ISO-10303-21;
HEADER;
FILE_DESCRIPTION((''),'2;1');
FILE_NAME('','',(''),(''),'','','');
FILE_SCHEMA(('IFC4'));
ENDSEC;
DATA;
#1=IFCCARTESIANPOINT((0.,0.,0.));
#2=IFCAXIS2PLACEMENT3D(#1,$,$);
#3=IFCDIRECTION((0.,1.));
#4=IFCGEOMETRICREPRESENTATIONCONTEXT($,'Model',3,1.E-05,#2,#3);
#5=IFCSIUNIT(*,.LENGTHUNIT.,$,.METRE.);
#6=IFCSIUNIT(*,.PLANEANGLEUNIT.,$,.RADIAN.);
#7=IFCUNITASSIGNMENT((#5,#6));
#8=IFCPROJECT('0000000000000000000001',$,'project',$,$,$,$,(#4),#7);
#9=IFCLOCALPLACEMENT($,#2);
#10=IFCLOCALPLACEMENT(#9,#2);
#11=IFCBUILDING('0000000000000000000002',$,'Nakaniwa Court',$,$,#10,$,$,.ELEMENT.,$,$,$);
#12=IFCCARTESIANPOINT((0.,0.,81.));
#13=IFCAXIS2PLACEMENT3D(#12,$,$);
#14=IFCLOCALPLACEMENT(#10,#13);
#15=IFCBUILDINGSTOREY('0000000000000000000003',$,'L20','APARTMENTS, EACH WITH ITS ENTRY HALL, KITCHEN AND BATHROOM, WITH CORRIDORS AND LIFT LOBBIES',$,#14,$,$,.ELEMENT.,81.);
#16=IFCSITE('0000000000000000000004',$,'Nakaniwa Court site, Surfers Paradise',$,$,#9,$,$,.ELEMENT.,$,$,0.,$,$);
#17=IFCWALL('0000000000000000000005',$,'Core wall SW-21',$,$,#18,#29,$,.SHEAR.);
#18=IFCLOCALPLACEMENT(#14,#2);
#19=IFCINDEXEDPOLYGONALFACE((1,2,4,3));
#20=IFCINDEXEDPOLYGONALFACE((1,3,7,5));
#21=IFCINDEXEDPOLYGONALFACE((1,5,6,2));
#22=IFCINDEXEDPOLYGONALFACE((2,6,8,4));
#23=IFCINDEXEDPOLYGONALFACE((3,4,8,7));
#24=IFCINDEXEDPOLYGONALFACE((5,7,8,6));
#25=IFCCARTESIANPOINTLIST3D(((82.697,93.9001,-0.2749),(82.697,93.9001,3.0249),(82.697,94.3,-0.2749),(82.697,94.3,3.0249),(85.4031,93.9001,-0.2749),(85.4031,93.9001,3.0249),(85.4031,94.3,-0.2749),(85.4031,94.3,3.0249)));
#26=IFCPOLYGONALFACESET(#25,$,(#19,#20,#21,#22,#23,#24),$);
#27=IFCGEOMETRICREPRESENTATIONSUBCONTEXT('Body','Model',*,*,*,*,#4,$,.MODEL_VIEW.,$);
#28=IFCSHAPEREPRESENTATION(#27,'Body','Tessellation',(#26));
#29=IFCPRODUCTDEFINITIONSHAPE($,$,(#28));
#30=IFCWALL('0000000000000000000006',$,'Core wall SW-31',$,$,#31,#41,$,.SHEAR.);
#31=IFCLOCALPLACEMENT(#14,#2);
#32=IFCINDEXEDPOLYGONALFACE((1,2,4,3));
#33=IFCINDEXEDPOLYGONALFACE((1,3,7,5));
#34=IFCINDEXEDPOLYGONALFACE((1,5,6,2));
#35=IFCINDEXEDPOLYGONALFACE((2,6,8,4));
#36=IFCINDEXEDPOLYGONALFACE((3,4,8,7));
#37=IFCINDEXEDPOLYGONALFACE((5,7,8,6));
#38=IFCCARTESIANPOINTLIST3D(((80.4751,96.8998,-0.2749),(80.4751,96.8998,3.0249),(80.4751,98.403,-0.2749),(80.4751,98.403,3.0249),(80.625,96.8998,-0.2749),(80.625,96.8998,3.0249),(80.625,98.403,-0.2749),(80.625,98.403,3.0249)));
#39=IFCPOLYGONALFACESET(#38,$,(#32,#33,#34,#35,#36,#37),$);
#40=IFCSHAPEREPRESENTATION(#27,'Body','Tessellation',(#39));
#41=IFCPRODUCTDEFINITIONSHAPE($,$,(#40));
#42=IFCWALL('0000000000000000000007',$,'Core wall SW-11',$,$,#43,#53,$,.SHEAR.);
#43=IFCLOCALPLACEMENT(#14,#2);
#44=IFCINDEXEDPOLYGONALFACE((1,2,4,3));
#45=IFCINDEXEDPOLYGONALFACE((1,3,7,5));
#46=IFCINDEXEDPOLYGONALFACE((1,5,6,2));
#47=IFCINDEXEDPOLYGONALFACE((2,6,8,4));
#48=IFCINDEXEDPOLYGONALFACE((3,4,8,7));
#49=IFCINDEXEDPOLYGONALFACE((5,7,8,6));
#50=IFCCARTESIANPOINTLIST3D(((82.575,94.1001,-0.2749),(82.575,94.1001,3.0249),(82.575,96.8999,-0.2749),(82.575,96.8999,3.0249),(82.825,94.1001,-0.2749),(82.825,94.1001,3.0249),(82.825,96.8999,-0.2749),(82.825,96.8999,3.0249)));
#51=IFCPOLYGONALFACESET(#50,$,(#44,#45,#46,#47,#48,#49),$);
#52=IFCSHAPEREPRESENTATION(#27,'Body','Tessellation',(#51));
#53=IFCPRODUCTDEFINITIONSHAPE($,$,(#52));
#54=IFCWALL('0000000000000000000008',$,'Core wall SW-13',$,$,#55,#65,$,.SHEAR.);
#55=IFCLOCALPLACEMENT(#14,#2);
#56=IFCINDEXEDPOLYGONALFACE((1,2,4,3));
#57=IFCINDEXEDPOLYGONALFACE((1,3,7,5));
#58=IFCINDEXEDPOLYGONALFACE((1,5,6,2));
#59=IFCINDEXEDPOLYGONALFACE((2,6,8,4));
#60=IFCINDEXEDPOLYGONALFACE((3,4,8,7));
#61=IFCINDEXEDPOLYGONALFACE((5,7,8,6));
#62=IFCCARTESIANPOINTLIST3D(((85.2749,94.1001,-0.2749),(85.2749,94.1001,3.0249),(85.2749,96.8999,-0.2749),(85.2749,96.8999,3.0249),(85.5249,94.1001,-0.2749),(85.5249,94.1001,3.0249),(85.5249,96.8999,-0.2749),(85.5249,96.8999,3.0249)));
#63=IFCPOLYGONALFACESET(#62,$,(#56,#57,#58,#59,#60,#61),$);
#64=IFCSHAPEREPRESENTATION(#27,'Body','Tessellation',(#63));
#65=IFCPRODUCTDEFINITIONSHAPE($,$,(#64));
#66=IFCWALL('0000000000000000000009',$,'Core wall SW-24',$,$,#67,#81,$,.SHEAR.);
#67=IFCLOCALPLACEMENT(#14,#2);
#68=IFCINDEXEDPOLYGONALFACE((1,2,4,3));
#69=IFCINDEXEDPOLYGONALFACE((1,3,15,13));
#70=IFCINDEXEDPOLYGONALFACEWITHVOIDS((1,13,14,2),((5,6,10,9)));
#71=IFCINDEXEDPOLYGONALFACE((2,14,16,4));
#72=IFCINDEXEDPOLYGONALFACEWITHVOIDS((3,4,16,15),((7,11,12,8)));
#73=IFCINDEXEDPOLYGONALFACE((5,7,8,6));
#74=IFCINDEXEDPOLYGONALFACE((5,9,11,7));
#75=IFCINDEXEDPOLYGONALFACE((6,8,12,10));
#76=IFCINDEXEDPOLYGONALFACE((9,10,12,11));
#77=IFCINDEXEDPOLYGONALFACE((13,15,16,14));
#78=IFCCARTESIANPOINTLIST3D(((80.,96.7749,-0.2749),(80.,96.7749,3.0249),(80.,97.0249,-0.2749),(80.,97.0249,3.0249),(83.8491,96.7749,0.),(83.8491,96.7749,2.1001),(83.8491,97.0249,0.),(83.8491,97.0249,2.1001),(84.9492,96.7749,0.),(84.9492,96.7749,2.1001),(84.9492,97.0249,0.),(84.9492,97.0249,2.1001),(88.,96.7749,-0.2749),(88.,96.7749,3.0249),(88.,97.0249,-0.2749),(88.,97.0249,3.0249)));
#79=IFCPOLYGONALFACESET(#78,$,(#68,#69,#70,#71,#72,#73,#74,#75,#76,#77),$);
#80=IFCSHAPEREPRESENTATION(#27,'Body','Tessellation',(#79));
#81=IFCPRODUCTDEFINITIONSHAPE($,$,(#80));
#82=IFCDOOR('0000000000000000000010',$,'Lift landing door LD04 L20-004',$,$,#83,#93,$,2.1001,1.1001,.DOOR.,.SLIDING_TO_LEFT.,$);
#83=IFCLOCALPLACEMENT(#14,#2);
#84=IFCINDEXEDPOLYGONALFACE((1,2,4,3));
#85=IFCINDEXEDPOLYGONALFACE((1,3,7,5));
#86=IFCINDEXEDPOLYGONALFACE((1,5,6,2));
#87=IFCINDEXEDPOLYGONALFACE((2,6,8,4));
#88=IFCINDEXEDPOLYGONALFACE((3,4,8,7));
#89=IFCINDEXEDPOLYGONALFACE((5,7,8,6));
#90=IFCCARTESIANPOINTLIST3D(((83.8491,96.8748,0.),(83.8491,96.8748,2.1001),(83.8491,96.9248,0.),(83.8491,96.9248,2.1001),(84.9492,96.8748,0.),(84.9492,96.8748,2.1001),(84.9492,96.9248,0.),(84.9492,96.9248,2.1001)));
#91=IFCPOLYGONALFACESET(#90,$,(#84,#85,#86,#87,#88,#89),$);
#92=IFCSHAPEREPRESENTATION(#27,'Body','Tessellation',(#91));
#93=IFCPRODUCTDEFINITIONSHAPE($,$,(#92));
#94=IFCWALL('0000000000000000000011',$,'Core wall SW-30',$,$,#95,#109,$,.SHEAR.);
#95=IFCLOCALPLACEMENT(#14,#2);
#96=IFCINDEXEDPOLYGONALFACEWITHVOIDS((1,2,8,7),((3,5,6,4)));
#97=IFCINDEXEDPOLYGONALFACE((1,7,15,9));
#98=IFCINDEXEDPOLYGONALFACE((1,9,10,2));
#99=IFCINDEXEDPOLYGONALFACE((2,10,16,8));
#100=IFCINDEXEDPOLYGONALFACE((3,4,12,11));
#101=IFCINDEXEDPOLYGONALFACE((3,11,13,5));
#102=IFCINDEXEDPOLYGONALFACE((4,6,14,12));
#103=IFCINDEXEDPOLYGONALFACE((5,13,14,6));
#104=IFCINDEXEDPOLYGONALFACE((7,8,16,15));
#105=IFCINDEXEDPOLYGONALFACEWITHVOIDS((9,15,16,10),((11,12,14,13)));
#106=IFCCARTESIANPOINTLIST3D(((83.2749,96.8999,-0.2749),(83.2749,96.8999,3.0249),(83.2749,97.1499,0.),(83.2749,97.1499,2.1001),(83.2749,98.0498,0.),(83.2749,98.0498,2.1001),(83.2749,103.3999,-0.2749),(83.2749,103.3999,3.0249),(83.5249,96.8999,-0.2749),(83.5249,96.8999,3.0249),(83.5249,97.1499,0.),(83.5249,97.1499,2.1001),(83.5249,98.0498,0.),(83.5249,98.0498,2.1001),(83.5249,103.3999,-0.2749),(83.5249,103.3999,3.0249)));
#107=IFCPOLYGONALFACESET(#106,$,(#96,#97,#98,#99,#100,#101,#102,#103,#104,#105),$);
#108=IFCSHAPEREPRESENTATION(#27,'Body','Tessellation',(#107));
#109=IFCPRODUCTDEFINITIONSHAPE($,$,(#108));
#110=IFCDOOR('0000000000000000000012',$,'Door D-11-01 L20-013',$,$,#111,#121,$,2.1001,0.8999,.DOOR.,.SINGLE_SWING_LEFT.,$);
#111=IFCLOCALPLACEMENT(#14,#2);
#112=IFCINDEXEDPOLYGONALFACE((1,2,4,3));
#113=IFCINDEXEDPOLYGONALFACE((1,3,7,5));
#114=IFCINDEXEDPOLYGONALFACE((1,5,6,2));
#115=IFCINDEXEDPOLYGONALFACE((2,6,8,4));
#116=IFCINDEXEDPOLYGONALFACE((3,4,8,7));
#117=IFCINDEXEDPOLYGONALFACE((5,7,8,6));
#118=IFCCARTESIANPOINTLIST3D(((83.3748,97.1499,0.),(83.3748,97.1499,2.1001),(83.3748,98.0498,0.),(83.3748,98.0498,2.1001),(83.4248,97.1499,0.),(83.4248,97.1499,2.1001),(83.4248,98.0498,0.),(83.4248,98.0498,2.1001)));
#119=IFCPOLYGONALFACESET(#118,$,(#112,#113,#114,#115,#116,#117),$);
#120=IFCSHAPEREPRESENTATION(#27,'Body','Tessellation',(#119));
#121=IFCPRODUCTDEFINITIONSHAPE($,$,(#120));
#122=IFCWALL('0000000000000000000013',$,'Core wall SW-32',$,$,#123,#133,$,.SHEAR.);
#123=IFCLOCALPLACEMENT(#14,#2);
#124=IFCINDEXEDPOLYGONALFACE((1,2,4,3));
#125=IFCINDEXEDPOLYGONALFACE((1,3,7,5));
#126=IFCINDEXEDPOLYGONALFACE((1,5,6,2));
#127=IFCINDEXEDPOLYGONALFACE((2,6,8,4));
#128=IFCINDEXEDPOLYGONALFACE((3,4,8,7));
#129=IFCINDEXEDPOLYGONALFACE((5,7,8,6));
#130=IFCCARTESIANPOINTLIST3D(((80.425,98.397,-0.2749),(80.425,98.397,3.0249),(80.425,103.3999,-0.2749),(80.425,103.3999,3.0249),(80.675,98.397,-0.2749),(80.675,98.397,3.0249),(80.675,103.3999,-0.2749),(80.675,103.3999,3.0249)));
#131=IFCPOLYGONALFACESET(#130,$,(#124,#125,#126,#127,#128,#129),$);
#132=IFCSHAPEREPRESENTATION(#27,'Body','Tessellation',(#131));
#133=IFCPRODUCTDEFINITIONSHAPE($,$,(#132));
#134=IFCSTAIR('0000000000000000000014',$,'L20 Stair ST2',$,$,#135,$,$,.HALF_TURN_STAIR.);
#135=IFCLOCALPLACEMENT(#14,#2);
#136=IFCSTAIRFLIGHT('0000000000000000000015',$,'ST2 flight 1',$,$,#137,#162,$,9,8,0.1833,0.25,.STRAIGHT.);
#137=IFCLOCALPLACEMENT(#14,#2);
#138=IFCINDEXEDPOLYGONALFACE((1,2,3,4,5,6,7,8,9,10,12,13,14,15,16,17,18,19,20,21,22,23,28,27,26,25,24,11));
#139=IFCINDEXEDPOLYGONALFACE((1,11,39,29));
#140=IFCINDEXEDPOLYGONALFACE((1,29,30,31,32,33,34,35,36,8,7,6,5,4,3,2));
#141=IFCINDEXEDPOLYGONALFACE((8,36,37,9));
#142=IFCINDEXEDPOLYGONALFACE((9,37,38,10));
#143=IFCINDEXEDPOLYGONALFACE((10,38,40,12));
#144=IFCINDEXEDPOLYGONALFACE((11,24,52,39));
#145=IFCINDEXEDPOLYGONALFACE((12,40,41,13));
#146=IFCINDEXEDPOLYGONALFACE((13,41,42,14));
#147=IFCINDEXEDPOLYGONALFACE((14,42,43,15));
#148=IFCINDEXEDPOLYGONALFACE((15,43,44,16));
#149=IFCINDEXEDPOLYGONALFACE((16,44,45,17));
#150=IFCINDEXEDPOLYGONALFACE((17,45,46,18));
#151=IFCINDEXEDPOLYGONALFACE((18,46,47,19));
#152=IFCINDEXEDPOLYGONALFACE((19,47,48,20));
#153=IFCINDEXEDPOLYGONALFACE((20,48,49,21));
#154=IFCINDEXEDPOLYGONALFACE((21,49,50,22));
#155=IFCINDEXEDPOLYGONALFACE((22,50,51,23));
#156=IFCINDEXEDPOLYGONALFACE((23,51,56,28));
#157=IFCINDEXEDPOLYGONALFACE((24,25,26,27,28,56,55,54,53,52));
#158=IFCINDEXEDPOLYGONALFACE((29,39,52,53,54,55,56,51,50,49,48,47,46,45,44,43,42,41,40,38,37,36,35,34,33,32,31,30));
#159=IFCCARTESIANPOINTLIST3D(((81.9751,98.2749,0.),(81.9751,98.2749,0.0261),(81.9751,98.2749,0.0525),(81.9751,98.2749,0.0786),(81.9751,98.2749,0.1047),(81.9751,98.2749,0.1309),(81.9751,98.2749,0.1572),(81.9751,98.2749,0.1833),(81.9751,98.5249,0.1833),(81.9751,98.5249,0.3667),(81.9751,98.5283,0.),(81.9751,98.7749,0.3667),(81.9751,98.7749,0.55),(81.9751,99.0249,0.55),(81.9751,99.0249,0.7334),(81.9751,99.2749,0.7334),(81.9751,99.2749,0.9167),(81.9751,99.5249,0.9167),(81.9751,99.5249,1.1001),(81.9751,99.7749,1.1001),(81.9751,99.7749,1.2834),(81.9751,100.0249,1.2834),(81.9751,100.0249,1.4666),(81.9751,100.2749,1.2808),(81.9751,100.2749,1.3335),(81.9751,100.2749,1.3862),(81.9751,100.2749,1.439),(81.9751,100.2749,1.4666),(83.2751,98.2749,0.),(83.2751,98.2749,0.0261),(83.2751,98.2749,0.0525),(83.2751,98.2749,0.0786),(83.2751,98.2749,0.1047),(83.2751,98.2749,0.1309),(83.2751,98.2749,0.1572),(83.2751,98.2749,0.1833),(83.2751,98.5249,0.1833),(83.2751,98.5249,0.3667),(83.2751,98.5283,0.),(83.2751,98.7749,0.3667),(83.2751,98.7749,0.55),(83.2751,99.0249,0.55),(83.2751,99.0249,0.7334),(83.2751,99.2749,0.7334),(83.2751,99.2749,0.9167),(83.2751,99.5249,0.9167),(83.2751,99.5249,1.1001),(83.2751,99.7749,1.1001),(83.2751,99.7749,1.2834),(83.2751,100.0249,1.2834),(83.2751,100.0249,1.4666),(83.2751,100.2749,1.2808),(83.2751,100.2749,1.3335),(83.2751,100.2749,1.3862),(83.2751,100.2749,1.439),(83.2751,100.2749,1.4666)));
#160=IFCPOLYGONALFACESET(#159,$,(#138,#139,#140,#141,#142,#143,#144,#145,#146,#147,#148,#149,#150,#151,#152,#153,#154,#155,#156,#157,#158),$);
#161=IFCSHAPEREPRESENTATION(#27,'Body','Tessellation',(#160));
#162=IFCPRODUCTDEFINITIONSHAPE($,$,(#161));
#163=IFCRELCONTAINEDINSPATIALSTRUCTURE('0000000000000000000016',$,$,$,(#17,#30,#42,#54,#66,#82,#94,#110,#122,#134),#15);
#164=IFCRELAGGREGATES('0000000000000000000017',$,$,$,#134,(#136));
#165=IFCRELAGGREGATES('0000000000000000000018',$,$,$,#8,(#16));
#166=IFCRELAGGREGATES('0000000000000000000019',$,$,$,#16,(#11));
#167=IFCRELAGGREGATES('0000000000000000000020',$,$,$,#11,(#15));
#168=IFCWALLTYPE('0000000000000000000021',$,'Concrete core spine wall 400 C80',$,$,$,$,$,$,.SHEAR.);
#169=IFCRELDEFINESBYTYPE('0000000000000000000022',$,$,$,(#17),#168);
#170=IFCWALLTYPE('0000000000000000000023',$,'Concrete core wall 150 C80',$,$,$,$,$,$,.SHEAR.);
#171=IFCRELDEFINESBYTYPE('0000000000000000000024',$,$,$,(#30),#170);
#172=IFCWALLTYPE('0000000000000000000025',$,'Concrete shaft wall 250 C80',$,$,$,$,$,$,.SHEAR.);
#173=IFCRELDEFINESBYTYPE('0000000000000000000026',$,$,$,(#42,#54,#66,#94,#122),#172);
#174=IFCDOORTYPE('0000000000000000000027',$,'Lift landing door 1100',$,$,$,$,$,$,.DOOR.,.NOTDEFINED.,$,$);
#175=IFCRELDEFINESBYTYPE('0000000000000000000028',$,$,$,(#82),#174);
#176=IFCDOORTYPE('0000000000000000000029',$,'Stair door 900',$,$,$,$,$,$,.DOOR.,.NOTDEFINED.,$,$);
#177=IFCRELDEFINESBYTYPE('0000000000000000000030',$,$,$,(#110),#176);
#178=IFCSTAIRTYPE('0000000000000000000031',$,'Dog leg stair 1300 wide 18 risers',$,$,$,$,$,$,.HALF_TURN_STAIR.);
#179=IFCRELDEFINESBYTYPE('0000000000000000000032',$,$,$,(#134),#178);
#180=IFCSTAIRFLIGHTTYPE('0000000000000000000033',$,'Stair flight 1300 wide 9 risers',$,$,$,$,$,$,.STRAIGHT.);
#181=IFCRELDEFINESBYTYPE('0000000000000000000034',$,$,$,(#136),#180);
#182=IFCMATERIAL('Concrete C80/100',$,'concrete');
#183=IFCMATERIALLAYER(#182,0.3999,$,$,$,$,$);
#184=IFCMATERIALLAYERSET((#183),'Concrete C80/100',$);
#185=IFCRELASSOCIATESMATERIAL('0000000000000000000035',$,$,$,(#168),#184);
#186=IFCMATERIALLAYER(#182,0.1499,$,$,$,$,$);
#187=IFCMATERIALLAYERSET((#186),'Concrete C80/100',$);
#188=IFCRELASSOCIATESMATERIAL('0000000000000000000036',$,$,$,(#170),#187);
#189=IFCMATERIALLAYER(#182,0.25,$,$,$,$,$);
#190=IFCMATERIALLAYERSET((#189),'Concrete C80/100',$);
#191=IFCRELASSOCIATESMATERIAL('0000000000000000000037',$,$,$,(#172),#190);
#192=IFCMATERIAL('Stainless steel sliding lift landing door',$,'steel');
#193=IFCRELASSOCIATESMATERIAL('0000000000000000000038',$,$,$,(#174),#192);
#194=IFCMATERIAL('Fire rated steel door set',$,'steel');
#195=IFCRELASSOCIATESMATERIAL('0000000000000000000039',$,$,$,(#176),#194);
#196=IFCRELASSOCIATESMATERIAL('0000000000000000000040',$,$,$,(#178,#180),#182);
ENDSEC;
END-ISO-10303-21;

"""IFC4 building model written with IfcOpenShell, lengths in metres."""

from ifc_helpers import new_model, si_unit, direction, frame, frame_2d, origin, place, context, subcontext, project, spatial, polyline, rectangle, outline, extrude, material, layer, layer_set, type_object, element, fill, aggregate, save


model = new_model("IFC4")

# Units and contexts
model_context = context("Model", 3, precision=1e-05, world=origin(), true_north=direction((0.0, 1.0)))
body_context = subcontext(model_context, "Body", "Model", "MODEL_VIEW")
ifc_project = project(units=[si_unit("LENGTHUNIT", "METRE"), si_unit("PLANEANGLEUNIT", "RADIAN")], contexts=[model_context])

# Site, building, storey
site_placement = place(None, origin())
site = spatial("IfcSite", under=ifc_project, at=site_placement, Name="Nakaniwa Court site, Surfers Paradise", CompositionType="ELEMENT", RefElevation=0.0)
building_placement = place(site_placement, origin())
building = spatial("IfcBuilding", under=site, at=building_placement, Name="Nakaniwa Court", CompositionType="ELEMENT")
storey_placement = place(building_placement, frame((0.0, 0.0, 81.0)))
storey = spatial("IfcBuildingStorey", under=building, at=storey_placement, Name="L20", Description="APARTMENTS, EACH WITH ITS ENTRY HALL, KITCHEN AND BATHROOM, WITH CORRIDORS AND LIFT LOBBIES", CompositionType="ELEMENT", Elevation=81.0)

# Shared definitions
ifc_material_1 = material(Name="Concrete C80/100", Category="concrete")

# Shared definitions
ifc_material_2 = material(Name="Fire rated steel door set", Category="steel")

# Walls
ifc_layer_1 = layer(ifc_material_1, 0.3999)
ifc_layer_set_1 = layer_set([ifc_layer_1], Name="Concrete C80/100")
wall_type_1 = type_object("IfcWallType", Name="Concrete core spine wall 400 C80", PredefinedType="SHEAR", material=ifc_layer_set_1)
wall_1_placement = place(storey_placement, frame((82.697, 94.1001, -0.2749), z_axis=(0.0, 0.0, 1.0), x_axis=(1.0, 0.0, 0.0)))
element("IfcWall", 1, at=wall_1_placement, inside=storey, type_object=wall_type_1, Name="Core wall SW-21", PredefinedType="SHEAR", context=body_context, shape_type="SweptSolid", body=[
    extrude(rectangle(XDim=2.7061, YDim=0.3999, at=frame_2d((1.353, 0.0))), origin(), (0.0, 0.0, 1.0), 3.2998),
])
ifc_layer_2 = layer(ifc_material_1, 0.1499)
ifc_layer_set_2 = layer_set([ifc_layer_2], Name="Concrete C80/100")
wall_type_2 = type_object("IfcWallType", Name="Concrete core wall 150 C80", PredefinedType="SHEAR", material=ifc_layer_set_2)
wall_2_placement = place(storey_placement, frame((80.55, 96.8999, -0.2749), z_axis=(0.0, 0.0, 1.0), x_axis=(0.0, 1.0, 0.0)))
element("IfcWall", 2, at=wall_2_placement, inside=storey, type_object=wall_type_2, Name="Core wall SW-31", PredefinedType="SHEAR", context=body_context, shape_type="SweptSolid", body=[
    extrude(rectangle(XDim=1.5032, YDim=0.1499, at=frame_2d((0.7515, 0.0))), origin(), (0.0, 0.0, 1.0), 3.2998),
])
ifc_layer_3 = layer(ifc_material_1, 0.25)
ifc_layer_set_3 = layer_set([ifc_layer_3], Name="Concrete C80/100")
wall_type_3 = type_object("IfcWallType", Name="Concrete shaft wall 250 C80", PredefinedType="SHEAR", material=ifc_layer_set_3)
for number, where, z_axis, x_axis, name in (
    (3, (82.7, 94.1001, -0.2749), (0.0, 0.0, 1.0), (0.0, 1.0, 0.0), "Core wall SW-11"),
    (4, (85.3999, 94.1001, -0.2749), (0.0, 0.0, 1.0), (0.0, 1.0, 0.0), "Core wall SW-13"),
):
    element("IfcWall", number, at=place(storey_placement, frame(where, z_axis=z_axis, x_axis=x_axis)), inside=storey, type_object=wall_type_3, Name=name, PredefinedType="SHEAR", context=body_context, shape_type="SweptSolid", body=[
        extrude(rectangle(XDim=2.7998, YDim=0.25, at=frame_2d((1.3999, 0.0))), origin(), (0.0, 0.0, 1.0), 3.2998),
    ])

# Walls, openings, doors
wall_3_placement = place(storey_placement, frame((80.0, 96.8999, -0.2749), z_axis=(0.0, 0.0, 1.0), x_axis=(1.0, 0.0, 0.0)))
wall_3 = element("IfcWall", 5, at=wall_3_placement, inside=storey, type_object=wall_type_3, Name="Core wall SW-24", PredefinedType="SHEAR", context=body_context, shape_type="SweptSolid", body=[
    extrude(rectangle(XDim=8.0, YDim=0.25, at=frame_2d((4.0, 0.0))), origin(), (0.0, 0.0, 1.0), 3.2998),
])
opening_1_placement = place(wall_3_placement, frame((3.8491, 0.0, 0.2749)))
opening_1 = element("IfcOpeningElement", 6, at=opening_1_placement, cuts=wall_3, PredefinedType="OPENING", context=body_context, shape_type="SweptSolid", body=[
    extrude(rectangle(XDim=1.1001, YDim=2.1001, at=frame_2d((0.55, 1.05))), frame((0.0, 0.135, 0.0), z_axis=(0.0, -1.0, 0.0), x_axis=(1.0, 0.0, 0.0)), (0.0, 0.0, 1.0), 0.27),
])
ifc_material_3 = material(Name="Stainless steel sliding lift landing door", Category="steel")
door_type_1 = type_object("IfcDoorType", Name="Lift landing door 1100", OperationType="NOTDEFINED", PredefinedType="DOOR", material=ifc_material_3)
door_1_placement = place(opening_1_placement, origin())
door_1 = element("IfcDoor", 7, at=door_1_placement, inside=storey, type_object=door_type_1, Name="Lift landing door LD04 L20-004", OperationType="SLIDING_TO_LEFT", OverallHeight=2.1001, OverallWidth=1.1001, PredefinedType="DOOR", context=body_context, shape_type="SweptSolid", body=[
    extrude(rectangle(XDim=1.1001, YDim=2.1001, at=frame_2d((0.55, 1.05))), frame((0.0, 0.0249, 0.0), z_axis=(0.0, -1.0, 0.0), x_axis=(1.0, 0.0, 0.0)), (0.0, 0.0, 1.0), 0.05),
])
fill(opening_1, door_1)
wall_4_placement = place(storey_placement, frame((83.3999, 103.3999, -0.2749), z_axis=(0.0, 0.0, 1.0), x_axis=(0.0, -1.0, 0.0)))
wall_4 = element("IfcWall", 8, at=wall_4_placement, inside=storey, type_object=wall_type_3, Name="Core wall SW-30", PredefinedType="SHEAR", context=body_context, shape_type="SweptSolid", body=[
    extrude(rectangle(XDim=6.5, YDim=0.25, at=frame_2d((3.25, 0.0))), origin(), (0.0, 0.0, 1.0), 3.2998),
])
opening_2_placement = place(wall_4_placement, frame((5.3501, 0.0, 0.2749)))
opening_2 = element("IfcOpeningElement", 9, at=opening_2_placement, cuts=wall_4, PredefinedType="OPENING", context=body_context, shape_type="SweptSolid", body=[
    extrude(rectangle(XDim=0.8999, YDim=2.1001, at=frame_2d((0.45, 1.05))), frame((0.0, 0.135, 0.0), z_axis=(0.0, -1.0, 0.0), x_axis=(1.0, 0.0, 0.0)), (0.0, 0.0, 1.0), 0.27),
])
door_type_2 = type_object("IfcDoorType", Name="Stair door 900", OperationType="NOTDEFINED", PredefinedType="DOOR", material=ifc_material_2)
door_2_placement = place(opening_2_placement, origin())
door_2 = element("IfcDoor", 10, at=door_2_placement, inside=storey, type_object=door_type_2, Name="Door D-11-01 L20-013", OperationType="SINGLE_SWING_LEFT", OverallHeight=2.1001, OverallWidth=0.8999, PredefinedType="DOOR", context=body_context, shape_type="SweptSolid", body=[
    extrude(rectangle(XDim=0.8999, YDim=2.1001, at=frame_2d((0.45, 1.05))), frame((0.0, 0.0249, 0.0), z_axis=(0.0, -1.0, 0.0), x_axis=(1.0, 0.0, 0.0)), (0.0, 0.0, 1.0), 0.05),
])
fill(opening_2, door_2)

# Wall
wall_5_placement = place(storey_placement, frame((80.55, 98.397, -0.2749), z_axis=(0.0, 0.0, 1.0), x_axis=(0.0, 1.0, 0.0)))
element("IfcWall", 11, at=wall_5_placement, inside=storey, type_object=wall_type_3, Name="Core wall SW-32", PredefinedType="SHEAR", context=body_context, shape_type="SweptSolid", body=[
    extrude(rectangle(XDim=5.0029, YDim=0.25, at=frame_2d((2.5015, 0.0))), origin(), (0.0, 0.0, 1.0), 3.2998),
])

# Stair, stair flight
stair_type = type_object("IfcStairType", Name="Dog leg stair 1300 wide 18 risers", PredefinedType="HALF_TURN_STAIR", material=ifc_material_1)
stair_placement = place(storey_placement, origin())
stair = element("IfcStair", 12, at=stair_placement, inside=storey, type_object=stair_type, Name="L20 Stair ST2", PredefinedType="HALF_TURN_STAIR")
stair_flight_type = type_object("IfcStairFlightType", Name="Stair flight 1300 wide 9 risers", PredefinedType="STRAIGHT", material=ifc_material_1)
stair_flight_1_placement = place(storey_placement, frame((82.625, 98.2749, 0.0), z_axis=(0.0, 0.0, 1.0), x_axis=(0.0, 1.0, 0.0)))
stair_flight_1 = element("IfcStairFlight", 13, at=stair_flight_1_placement, type_object=stair_flight_type, Name="ST2 flight 1", NumberOfRisers=9, NumberOfTreads=8, PredefinedType="STRAIGHT", RiserHeight=0.1833, TreadLength=0.25, context=body_context, shape_type="SweptSolid", body=[
    extrude(outline(polyline([(0.0, 0.0), (0.0, 0.0261), (0.0, 0.0525), (0.0, 0.0786), (0.0, 0.1047), (0.0, 0.1309), (0.0, 0.1572), (0.0, 0.1833), (0.25, 0.1833), (0.25, 0.3667), (0.5, 0.3667), (0.5, 0.55), (0.75, 0.55), (0.75, 0.7334), (1.0, 0.7334), (1.0, 0.9167), (1.25, 0.9167), (1.25, 1.1001), (1.5, 1.1001), (1.5, 1.2834), (1.75, 1.2834), (1.75, 1.4666), (2.0, 1.4666), (2.0, 1.6499), (2.0, 1.5972), (2.0, 1.5444), (2.0, 1.4917), (2.0, 1.439), (2.0, 1.3862), (2.0, 1.3335), (2.0, 1.2808), (0.2534, 0.0), (0.0, 0.0)])), frame((0.0, 0.6499, 0.0), z_axis=(0.0, -1.0, 0.0), x_axis=(1.0, 0.0, 0.0)), (0.0, 0.0, 1.0), 1.3),
])
aggregate(stair, [stair_flight_1])

save(model, "model.ifc")
